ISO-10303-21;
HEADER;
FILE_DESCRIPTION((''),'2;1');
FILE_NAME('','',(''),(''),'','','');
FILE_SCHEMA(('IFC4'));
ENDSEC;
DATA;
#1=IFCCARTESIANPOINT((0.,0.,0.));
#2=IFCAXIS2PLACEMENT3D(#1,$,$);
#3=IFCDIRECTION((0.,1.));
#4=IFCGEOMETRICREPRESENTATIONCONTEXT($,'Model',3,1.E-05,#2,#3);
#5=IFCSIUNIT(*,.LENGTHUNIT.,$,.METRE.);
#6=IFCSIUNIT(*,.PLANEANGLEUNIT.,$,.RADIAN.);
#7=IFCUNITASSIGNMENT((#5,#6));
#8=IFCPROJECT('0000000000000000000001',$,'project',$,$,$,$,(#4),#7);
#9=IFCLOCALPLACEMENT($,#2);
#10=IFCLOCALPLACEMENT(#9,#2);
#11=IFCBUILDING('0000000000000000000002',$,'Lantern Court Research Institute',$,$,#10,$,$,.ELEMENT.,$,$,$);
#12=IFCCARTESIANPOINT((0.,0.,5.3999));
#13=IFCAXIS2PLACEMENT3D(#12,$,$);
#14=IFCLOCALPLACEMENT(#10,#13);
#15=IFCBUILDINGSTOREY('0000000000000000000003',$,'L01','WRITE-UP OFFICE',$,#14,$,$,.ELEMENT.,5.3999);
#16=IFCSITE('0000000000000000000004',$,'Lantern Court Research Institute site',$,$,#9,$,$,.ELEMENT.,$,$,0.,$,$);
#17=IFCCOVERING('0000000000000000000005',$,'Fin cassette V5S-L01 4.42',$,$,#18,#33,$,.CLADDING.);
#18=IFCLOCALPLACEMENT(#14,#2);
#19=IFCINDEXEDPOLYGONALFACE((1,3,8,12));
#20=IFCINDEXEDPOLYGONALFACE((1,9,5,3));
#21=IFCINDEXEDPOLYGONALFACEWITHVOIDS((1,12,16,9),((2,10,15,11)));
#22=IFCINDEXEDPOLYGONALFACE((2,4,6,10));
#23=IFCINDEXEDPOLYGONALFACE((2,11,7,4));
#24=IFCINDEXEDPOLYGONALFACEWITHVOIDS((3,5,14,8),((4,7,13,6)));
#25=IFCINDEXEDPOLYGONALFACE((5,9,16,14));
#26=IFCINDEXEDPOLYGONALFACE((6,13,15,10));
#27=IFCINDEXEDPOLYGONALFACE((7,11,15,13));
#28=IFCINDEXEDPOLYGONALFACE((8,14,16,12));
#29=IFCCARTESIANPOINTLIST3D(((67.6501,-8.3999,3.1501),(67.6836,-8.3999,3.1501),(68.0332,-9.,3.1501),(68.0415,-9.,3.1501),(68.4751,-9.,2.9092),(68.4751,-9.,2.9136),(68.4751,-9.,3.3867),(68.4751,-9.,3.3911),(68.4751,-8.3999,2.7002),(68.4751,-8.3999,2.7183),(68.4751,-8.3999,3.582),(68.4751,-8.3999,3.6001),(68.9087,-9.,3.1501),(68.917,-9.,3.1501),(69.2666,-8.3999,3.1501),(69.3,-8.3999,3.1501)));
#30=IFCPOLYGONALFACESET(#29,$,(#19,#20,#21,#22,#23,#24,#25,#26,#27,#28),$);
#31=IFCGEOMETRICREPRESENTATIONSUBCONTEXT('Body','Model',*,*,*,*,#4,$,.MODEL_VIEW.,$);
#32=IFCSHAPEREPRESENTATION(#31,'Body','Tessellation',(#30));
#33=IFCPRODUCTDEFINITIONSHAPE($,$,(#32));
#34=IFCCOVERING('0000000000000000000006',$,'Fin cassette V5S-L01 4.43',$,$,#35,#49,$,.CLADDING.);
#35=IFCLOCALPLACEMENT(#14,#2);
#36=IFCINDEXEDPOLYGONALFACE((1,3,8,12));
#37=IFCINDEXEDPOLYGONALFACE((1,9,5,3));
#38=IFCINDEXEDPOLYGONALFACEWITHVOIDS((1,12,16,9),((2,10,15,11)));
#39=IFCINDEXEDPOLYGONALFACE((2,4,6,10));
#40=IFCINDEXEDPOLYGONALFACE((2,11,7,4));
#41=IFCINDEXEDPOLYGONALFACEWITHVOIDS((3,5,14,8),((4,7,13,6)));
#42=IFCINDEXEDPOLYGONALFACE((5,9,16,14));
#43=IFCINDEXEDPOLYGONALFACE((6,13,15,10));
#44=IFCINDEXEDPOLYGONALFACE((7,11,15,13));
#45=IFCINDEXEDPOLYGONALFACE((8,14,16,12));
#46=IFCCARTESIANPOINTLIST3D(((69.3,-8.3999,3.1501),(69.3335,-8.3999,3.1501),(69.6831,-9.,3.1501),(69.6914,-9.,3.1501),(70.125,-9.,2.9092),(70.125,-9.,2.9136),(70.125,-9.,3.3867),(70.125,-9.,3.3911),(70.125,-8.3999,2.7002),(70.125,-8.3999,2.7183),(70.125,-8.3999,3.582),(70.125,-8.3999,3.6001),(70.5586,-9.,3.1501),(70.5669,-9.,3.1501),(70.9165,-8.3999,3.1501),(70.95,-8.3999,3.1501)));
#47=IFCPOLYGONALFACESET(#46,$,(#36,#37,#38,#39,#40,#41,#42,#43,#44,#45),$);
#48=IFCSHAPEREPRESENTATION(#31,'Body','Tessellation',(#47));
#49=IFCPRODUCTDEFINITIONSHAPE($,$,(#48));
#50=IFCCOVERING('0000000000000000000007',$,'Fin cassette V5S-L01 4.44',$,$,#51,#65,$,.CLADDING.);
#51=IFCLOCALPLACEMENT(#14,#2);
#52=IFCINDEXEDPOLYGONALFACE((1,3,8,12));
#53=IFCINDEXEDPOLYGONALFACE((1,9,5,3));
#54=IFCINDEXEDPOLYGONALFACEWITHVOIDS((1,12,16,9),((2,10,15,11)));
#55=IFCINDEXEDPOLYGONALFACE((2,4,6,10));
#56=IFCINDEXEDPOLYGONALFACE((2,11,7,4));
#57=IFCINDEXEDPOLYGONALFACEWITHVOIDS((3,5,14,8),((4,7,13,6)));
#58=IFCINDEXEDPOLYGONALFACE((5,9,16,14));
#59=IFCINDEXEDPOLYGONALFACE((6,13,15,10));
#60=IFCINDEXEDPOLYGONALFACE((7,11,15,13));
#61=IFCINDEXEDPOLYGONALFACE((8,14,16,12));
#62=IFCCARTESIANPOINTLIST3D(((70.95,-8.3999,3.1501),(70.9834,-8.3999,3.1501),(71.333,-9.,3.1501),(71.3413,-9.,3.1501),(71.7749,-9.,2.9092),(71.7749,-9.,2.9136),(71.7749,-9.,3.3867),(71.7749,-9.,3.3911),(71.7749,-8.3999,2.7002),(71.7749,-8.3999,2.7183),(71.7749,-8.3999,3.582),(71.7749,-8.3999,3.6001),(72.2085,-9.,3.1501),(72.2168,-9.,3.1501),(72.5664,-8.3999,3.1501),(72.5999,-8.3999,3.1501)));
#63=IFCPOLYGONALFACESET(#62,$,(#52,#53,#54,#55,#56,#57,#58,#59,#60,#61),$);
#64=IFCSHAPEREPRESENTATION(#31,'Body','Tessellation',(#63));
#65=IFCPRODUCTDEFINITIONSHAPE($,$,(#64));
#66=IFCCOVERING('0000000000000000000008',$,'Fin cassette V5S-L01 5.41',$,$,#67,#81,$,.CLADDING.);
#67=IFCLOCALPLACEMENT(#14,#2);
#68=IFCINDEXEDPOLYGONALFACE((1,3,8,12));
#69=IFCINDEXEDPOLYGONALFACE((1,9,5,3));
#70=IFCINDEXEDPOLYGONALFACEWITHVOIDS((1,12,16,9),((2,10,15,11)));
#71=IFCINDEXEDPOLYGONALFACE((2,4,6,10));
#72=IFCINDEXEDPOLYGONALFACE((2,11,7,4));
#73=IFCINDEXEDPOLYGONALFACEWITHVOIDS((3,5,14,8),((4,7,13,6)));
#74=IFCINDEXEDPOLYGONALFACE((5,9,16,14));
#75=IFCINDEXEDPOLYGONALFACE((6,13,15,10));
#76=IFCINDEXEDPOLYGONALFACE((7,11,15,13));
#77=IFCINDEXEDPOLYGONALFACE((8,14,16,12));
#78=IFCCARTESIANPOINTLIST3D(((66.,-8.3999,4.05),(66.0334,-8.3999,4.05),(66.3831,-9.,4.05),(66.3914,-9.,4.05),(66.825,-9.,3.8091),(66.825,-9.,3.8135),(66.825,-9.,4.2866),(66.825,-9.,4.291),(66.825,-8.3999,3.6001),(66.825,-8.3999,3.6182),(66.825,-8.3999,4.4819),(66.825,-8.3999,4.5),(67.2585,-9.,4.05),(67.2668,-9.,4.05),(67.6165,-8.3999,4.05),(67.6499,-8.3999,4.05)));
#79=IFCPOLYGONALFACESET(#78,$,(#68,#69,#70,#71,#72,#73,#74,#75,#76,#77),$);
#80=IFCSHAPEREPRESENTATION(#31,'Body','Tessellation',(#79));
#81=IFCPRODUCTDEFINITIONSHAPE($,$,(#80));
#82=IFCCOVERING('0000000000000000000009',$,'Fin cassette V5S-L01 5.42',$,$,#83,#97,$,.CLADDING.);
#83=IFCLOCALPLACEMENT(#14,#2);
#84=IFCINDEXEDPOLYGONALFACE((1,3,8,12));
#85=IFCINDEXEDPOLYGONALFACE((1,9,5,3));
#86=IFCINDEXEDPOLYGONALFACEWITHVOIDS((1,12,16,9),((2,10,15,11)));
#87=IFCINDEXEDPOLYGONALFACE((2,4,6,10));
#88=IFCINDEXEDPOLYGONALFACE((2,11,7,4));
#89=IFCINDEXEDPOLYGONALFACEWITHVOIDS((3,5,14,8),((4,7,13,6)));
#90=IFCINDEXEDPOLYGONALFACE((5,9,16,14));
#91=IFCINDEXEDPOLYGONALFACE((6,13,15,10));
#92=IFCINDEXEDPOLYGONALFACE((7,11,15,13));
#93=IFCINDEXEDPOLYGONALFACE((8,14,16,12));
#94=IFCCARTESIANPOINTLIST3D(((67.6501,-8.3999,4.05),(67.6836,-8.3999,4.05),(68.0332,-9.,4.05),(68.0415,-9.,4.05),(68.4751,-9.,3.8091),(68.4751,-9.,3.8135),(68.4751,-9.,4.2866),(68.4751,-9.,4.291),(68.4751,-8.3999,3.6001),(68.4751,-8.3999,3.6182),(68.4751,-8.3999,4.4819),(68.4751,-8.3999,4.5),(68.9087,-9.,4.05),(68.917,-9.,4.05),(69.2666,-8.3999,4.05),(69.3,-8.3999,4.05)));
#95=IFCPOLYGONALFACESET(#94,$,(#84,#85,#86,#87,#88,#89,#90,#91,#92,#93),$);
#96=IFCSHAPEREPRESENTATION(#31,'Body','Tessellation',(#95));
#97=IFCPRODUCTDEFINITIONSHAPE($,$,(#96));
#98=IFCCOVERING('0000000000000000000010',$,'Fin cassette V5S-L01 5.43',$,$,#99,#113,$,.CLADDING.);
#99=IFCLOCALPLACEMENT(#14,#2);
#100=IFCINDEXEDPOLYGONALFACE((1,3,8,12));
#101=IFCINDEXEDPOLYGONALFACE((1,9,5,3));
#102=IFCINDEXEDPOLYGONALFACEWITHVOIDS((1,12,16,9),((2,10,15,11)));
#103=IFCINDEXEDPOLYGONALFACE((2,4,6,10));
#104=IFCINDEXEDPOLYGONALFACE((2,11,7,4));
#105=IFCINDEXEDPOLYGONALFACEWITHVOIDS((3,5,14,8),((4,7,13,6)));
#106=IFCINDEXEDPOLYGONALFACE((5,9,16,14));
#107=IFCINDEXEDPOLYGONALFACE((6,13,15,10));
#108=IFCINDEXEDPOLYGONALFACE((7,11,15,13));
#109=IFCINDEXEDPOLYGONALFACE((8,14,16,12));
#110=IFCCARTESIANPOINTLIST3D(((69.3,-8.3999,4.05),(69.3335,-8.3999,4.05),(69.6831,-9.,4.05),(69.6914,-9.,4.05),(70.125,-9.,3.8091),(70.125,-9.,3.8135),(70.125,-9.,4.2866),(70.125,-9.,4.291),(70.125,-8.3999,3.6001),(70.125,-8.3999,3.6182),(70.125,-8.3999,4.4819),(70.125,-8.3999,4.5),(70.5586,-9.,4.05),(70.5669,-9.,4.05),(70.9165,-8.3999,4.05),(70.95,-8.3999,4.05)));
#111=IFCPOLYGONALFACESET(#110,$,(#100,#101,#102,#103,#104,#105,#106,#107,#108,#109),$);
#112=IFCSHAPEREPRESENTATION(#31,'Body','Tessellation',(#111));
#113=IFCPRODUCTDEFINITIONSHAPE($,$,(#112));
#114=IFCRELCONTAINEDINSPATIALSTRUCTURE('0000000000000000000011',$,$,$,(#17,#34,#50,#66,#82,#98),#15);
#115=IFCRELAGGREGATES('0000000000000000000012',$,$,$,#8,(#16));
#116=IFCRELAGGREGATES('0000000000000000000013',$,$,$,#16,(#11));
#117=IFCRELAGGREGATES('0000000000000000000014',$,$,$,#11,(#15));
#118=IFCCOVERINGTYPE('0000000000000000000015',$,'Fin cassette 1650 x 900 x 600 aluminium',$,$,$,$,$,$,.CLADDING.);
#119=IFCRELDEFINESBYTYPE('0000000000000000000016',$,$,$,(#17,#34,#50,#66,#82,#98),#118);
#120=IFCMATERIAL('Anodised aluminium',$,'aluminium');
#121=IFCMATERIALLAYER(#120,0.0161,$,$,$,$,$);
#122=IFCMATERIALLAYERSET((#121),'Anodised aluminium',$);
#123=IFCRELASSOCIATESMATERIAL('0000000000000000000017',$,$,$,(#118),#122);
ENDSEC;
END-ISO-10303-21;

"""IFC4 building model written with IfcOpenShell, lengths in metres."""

from ifc_helpers import new_model, entity, si_unit, direction, frame, origin, place, context, subcontext, project, spatial, material, layer, layer_set, type_object, element, save


model = new_model("IFC4")

# Units and contexts
model_context = context("Model", 3, precision=1e-05, world=origin(), true_north=direction((0.0, 1.0)))
body_context = subcontext(model_context, "Body", "Model", "MODEL_VIEW")
ifc_project = project(units=[si_unit("LENGTHUNIT", "METRE"), si_unit("PLANEANGLEUNIT", "RADIAN")], contexts=[model_context])

# Site, building, storey
site_placement = place(None, origin())
site = spatial("IfcSite", under=ifc_project, at=site_placement, Name="Lantern Court Research Institute site", CompositionType="ELEMENT", RefElevation=0.0)
building_placement = place(site_placement, origin())
building = spatial("IfcBuilding", under=site, at=building_placement, Name="Lantern Court Research Institute", CompositionType="ELEMENT")
storey_placement = place(building_placement, frame((0.0, 0.0, 5.3999)))
storey = spatial("IfcBuildingStorey", under=building, at=storey_placement, Name="L01", Description="WRITE-UP OFFICE", CompositionType="ELEMENT", Elevation=5.3999)

# Coverings
ifc_material_1 = material(Name="Anodised aluminium", Category="aluminium")
ifc_layer_1 = layer(ifc_material_1, 0.0161)
ifc_layer_set_1 = layer_set([ifc_layer_1], Name="Anodised aluminium")
covering_type = type_object("IfcCoveringType", Name="Fin cassette 1650 x 900 x 600 aluminium", PredefinedType="CLADDING", material=ifc_layer_set_1)
covering_1_placement = place(storey_placement, frame((68.4751, -8.3999, 3.1501), z_axis=(0.0, -1.0, 0.0), x_axis=(1.0, 0.0, 0.0)))
cartesian_point_1 = entity("IfcCartesianPoint", [0.825, 0.0])
cartesian_point_2 = entity("IfcCartesianPoint", [0.7915, 0.0])
cartesian_point_3 = entity("IfcCartesianPoint", [0.4419, 0.0])
cartesian_point_4 = entity("IfcCartesianPoint", [0.4336, 0.0])
element("IfcCovering", 1, at=covering_1_placement, inside=storey, type_object=covering_type, Name="Fin cassette V5S-L01 4.42", PredefinedType="CLADDING", context=body_context, shape_type="SweptSolid", body=[
    entity("IfcExtrudedAreaSolidTapered", entity("IfcArbitraryProfileDefWithVoids", "AREA", None, entity("IfcPolyline", [cartesian_point_1, entity("IfcCartesianPoint", [0.0, 0.45]), entity("IfcCartesianPoint", [-0.825, 0.0]), entity("IfcCartesianPoint", [0.0, -0.45]), cartesian_point_1]), [entity("IfcPolyline", [cartesian_point_2, entity("IfcCartesianPoint", [0.0, 0.4319]), entity("IfcCartesianPoint", [-0.7915, 0.0]), entity("IfcCartesianPoint", [0.0, -0.4319]), cartesian_point_2])]), entity("IfcAxis2Placement3D", entity("IfcCartesianPoint", [0.0, 0.0, 0.0])), entity("IfcDirection", [0.0, 0.0, 1.0]), 0.6001, entity("IfcArbitraryProfileDefWithVoids", "AREA", None, entity("IfcPolyline", [cartesian_point_3, entity("IfcCartesianPoint", [0.0, 0.241]), entity("IfcCartesianPoint", [-0.4419, 0.0]), entity("IfcCartesianPoint", [0.0, -0.241]), cartesian_point_3]), [entity("IfcPolyline", [cartesian_point_4, entity("IfcCartesianPoint", [0.0, 0.2366]), entity("IfcCartesianPoint", [-0.4336, 0.0]), entity("IfcCartesianPoint", [0.0, -0.2366]), cartesian_point_4])])),
])
covering_2_placement = place(storey_placement, frame((70.125, -8.3999, 3.1501), z_axis=(0.0, -1.0, 0.0), x_axis=(1.0, 0.0, 0.0)))
cartesian_point_5 = entity("IfcCartesianPoint", [0.825, 0.0])
cartesian_point_6 = entity("IfcCartesianPoint", [0.7915, 0.0])
cartesian_point_7 = entity("IfcCartesianPoint", [0.4419, 0.0])
cartesian_point_8 = entity("IfcCartesianPoint", [0.4336, 0.0])
element("IfcCovering", 2, at=covering_2_placement, inside=storey, type_object=covering_type, Name="Fin cassette V5S-L01 4.43", PredefinedType="CLADDING", context=body_context, shape_type="SweptSolid", body=[
    entity("IfcExtrudedAreaSolidTapered", entity("IfcArbitraryProfileDefWithVoids", "AREA", None, entity("IfcPolyline", [cartesian_point_5, entity("IfcCartesianPoint", [0.0, 0.45]), entity("IfcCartesianPoint", [-0.825, 0.0]), entity("IfcCartesianPoint", [0.0, -0.45]), cartesian_point_5]), [entity("IfcPolyline", [cartesian_point_6, entity("IfcCartesianPoint", [0.0, 0.4319]), entity("IfcCartesianPoint", [-0.7915, 0.0]), entity("IfcCartesianPoint", [0.0, -0.4319]), cartesian_point_6])]), entity("IfcAxis2Placement3D", entity("IfcCartesianPoint", [0.0, 0.0, 0.0])), entity("IfcDirection", [0.0, 0.0, 1.0]), 0.6001, entity("IfcArbitraryProfileDefWithVoids", "AREA", None, entity("IfcPolyline", [cartesian_point_7, entity("IfcCartesianPoint", [0.0, 0.241]), entity("IfcCartesianPoint", [-0.4419, 0.0]), entity("IfcCartesianPoint", [0.0, -0.241]), cartesian_point_7]), [entity("IfcPolyline", [cartesian_point_8, entity("IfcCartesianPoint", [0.0, 0.2366]), entity("IfcCartesianPoint", [-0.4336, 0.0]), entity("IfcCartesianPoint", [0.0, -0.2366]), cartesian_point_8])])),
])
covering_3_placement = place(storey_placement, frame((71.7749, -8.3999, 3.1501), z_axis=(0.0, -1.0, 0.0), x_axis=(1.0, 0.0, 0.0)))
cartesian_point_9 = entity("IfcCartesianPoint", [0.825, 0.0])
cartesian_point_10 = entity("IfcCartesianPoint", [0.7915, 0.0])
cartesian_point_11 = entity("IfcCartesianPoint", [0.4419, 0.0])
cartesian_point_12 = entity("IfcCartesianPoint", [0.4336, 0.0])
element("IfcCovering", 3, at=covering_3_placement, inside=storey, type_object=covering_type, Name="Fin cassette V5S-L01 4.44", PredefinedType="CLADDING", context=body_context, shape_type="SweptSolid", body=[
    entity("IfcExtrudedAreaSolidTapered", entity("IfcArbitraryProfileDefWithVoids", "AREA", None, entity("IfcPolyline", [cartesian_point_9, entity("IfcCartesianPoint", [0.0, 0.45]), entity("IfcCartesianPoint", [-0.825, 0.0]), entity("IfcCartesianPoint", [0.0, -0.45]), cartesian_point_9]), [entity("IfcPolyline", [cartesian_point_10, entity("IfcCartesianPoint", [0.0, 0.4319]), entity("IfcCartesianPoint", [-0.7915, 0.0]), entity("IfcCartesianPoint", [0.0, -0.4319]), cartesian_point_10])]), entity("IfcAxis2Placement3D", entity("IfcCartesianPoint", [0.0, 0.0, 0.0])), entity("IfcDirection", [0.0, 0.0, 1.0]), 0.6001, entity("IfcArbitraryProfileDefWithVoids", "AREA", None, entity("IfcPolyline", [cartesian_point_11, entity("IfcCartesianPoint", [0.0, 0.241]), entity("IfcCartesianPoint", [-0.4419, 0.0]), entity("IfcCartesianPoint", [0.0, -0.241]), cartesian_point_11]), [entity("IfcPolyline", [cartesian_point_12, entity("IfcCartesianPoint", [0.0, 0.2366]), entity("IfcCartesianPoint", [-0.4336, 0.0]), entity("IfcCartesianPoint", [0.0, -0.2366]), cartesian_point_12])])),
])
covering_4_placement = place(storey_placement, frame((66.825, -8.3999, 4.05), z_axis=(0.0, -1.0, 0.0), x_axis=(1.0, 0.0, 0.0)))
cartesian_point_13 = entity("IfcCartesianPoint", [0.825, 0.0])
cartesian_point_14 = entity("IfcCartesianPoint", [0.7915, 0.0])
cartesian_point_15 = entity("IfcCartesianPoint", [0.4419, 0.0])
cartesian_point_16 = entity("IfcCartesianPoint", [0.4336, 0.0])
element("IfcCovering", 4, at=covering_4_placement, inside=storey, type_object=covering_type, Name="Fin cassette V5S-L01 5.41", PredefinedType="CLADDING", context=body_context, shape_type="SweptSolid", body=[
    entity("IfcExtrudedAreaSolidTapered", entity("IfcArbitraryProfileDefWithVoids", "AREA", None, entity("IfcPolyline", [cartesian_point_13, entity("IfcCartesianPoint", [0.0, 0.45]), entity("IfcCartesianPoint", [-0.825, 0.0]), entity("IfcCartesianPoint", [0.0, -0.45]), cartesian_point_13]), [entity("IfcPolyline", [cartesian_point_14, entity("IfcCartesianPoint", [0.0, 0.4319]), entity("IfcCartesianPoint", [-0.7915, 0.0]), entity("IfcCartesianPoint", [0.0, -0.4319]), cartesian_point_14])]), entity("IfcAxis2Placement3D", entity("IfcCartesianPoint", [0.0, 0.0, 0.0])), entity("IfcDirection", [0.0, 0.0, 1.0]), 0.6001, entity("IfcArbitraryProfileDefWithVoids", "AREA", None, entity("IfcPolyline", [cartesian_point_15, entity("IfcCartesianPoint", [0.0, 0.241]), entity("IfcCartesianPoint", [-0.4419, 0.0]), entity("IfcCartesianPoint", [0.0, -0.241]), cartesian_point_15]), [entity("IfcPolyline", [cartesian_point_16, entity("IfcCartesianPoint", [0.0, 0.2366]), entity("IfcCartesianPoint", [-0.4336, 0.0]), entity("IfcCartesianPoint", [0.0, -0.2366]), cartesian_point_16])])),
])
covering_5_placement = place(storey_placement, frame((68.4751, -8.3999, 4.05), z_axis=(0.0, -1.0, 0.0), x_axis=(1.0, 0.0, 0.0)))
cartesian_point_17 = entity("IfcCartesianPoint", [0.825, 0.0])
cartesian_point_18 = entity("IfcCartesianPoint", [0.7915, 0.0])
cartesian_point_19 = entity("IfcCartesianPoint", [0.4419, 0.0])
cartesian_point_20 = entity("IfcCartesianPoint", [0.4336, 0.0])
element("IfcCovering", 5, at=covering_5_placement, inside=storey, type_object=covering_type, Name="Fin cassette V5S-L01 5.42", PredefinedType="CLADDING", context=body_context, shape_type="SweptSolid", body=[
    entity("IfcExtrudedAreaSolidTapered", entity("IfcArbitraryProfileDefWithVoids", "AREA", None, entity("IfcPolyline", [cartesian_point_17, entity("IfcCartesianPoint", [0.0, 0.45]), entity("IfcCartesianPoint", [-0.825, 0.0]), entity("IfcCartesianPoint", [0.0, -0.45]), cartesian_point_17]), [entity("IfcPolyline", [cartesian_point_18, entity("IfcCartesianPoint", [0.0, 0.4319]), entity("IfcCartesianPoint", [-0.7915, 0.0]), entity("IfcCartesianPoint", [0.0, -0.4319]), cartesian_point_18])]), entity("IfcAxis2Placement3D", entity("IfcCartesianPoint", [0.0, 0.0, 0.0])), entity("IfcDirection", [0.0, 0.0, 1.0]), 0.6001, entity("IfcArbitraryProfileDefWithVoids", "AREA", None, entity("IfcPolyline", [cartesian_point_19, entity("IfcCartesianPoint", [0.0, 0.241]), entity("IfcCartesianPoint", [-0.4419, 0.0]), entity("IfcCartesianPoint", [0.0, -0.241]), cartesian_point_19]), [entity("IfcPolyline", [cartesian_point_20, entity("IfcCartesianPoint", [0.0, 0.2366]), entity("IfcCartesianPoint", [-0.4336, 0.0]), entity("IfcCartesianPoint", [0.0, -0.2366]), cartesian_point_20])])),
])
covering_6_placement = place(storey_placement, frame((70.125, -8.3999, 4.05), z_axis=(0.0, -1.0, 0.0), x_axis=(1.0, 0.0, 0.0)))
cartesian_point_21 = entity("IfcCartesianPoint", [0.825, 0.0])
cartesian_point_22 = entity("IfcCartesianPoint", [0.7915, 0.0])
cartesian_point_23 = entity("IfcCartesianPoint", [0.4419, 0.0])
cartesian_point_24 = entity("IfcCartesianPoint", [0.4336, 0.0])
element("IfcCovering", 6, at=covering_6_placement, inside=storey, type_object=covering_type, Name="Fin cassette V5S-L01 5.43", PredefinedType="CLADDING", context=body_context, shape_type="SweptSolid", body=[
    entity("IfcExtrudedAreaSolidTapered", entity("IfcArbitraryProfileDefWithVoids", "AREA", None, entity("IfcPolyline", [cartesian_point_21, entity("IfcCartesianPoint", [0.0, 0.45]), entity("IfcCartesianPoint", [-0.825, 0.0]), entity("IfcCartesianPoint", [0.0, -0.45]), cartesian_point_21]), [entity("IfcPolyline", [cartesian_point_22, entity("IfcCartesianPoint", [0.0, 0.4319]), entity("IfcCartesianPoint", [-0.7915, 0.0]), entity("IfcCartesianPoint", [0.0, -0.4319]), cartesian_point_22])]), entity("IfcAxis2Placement3D", entity("IfcCartesianPoint", [0.0, 0.0, 0.0])), entity("IfcDirection", [0.0, 0.0, 1.0]), 0.6001, entity("IfcArbitraryProfileDefWithVoids", "AREA", None, entity("IfcPolyline", [cartesian_point_23, entity("IfcCartesianPoint", [0.0, 0.241]), entity("IfcCartesianPoint", [-0.4419, 0.0]), entity("IfcCartesianPoint", [0.0, -0.241]), cartesian_point_23]), [entity("IfcPolyline", [cartesian_point_24, entity("IfcCartesianPoint", [0.0, 0.2366]), entity("IfcCartesianPoint", [-0.4336, 0.0]), entity("IfcCartesianPoint", [0.0, -0.2366]), cartesian_point_24])])),
])

save(model, "model.ifc")
